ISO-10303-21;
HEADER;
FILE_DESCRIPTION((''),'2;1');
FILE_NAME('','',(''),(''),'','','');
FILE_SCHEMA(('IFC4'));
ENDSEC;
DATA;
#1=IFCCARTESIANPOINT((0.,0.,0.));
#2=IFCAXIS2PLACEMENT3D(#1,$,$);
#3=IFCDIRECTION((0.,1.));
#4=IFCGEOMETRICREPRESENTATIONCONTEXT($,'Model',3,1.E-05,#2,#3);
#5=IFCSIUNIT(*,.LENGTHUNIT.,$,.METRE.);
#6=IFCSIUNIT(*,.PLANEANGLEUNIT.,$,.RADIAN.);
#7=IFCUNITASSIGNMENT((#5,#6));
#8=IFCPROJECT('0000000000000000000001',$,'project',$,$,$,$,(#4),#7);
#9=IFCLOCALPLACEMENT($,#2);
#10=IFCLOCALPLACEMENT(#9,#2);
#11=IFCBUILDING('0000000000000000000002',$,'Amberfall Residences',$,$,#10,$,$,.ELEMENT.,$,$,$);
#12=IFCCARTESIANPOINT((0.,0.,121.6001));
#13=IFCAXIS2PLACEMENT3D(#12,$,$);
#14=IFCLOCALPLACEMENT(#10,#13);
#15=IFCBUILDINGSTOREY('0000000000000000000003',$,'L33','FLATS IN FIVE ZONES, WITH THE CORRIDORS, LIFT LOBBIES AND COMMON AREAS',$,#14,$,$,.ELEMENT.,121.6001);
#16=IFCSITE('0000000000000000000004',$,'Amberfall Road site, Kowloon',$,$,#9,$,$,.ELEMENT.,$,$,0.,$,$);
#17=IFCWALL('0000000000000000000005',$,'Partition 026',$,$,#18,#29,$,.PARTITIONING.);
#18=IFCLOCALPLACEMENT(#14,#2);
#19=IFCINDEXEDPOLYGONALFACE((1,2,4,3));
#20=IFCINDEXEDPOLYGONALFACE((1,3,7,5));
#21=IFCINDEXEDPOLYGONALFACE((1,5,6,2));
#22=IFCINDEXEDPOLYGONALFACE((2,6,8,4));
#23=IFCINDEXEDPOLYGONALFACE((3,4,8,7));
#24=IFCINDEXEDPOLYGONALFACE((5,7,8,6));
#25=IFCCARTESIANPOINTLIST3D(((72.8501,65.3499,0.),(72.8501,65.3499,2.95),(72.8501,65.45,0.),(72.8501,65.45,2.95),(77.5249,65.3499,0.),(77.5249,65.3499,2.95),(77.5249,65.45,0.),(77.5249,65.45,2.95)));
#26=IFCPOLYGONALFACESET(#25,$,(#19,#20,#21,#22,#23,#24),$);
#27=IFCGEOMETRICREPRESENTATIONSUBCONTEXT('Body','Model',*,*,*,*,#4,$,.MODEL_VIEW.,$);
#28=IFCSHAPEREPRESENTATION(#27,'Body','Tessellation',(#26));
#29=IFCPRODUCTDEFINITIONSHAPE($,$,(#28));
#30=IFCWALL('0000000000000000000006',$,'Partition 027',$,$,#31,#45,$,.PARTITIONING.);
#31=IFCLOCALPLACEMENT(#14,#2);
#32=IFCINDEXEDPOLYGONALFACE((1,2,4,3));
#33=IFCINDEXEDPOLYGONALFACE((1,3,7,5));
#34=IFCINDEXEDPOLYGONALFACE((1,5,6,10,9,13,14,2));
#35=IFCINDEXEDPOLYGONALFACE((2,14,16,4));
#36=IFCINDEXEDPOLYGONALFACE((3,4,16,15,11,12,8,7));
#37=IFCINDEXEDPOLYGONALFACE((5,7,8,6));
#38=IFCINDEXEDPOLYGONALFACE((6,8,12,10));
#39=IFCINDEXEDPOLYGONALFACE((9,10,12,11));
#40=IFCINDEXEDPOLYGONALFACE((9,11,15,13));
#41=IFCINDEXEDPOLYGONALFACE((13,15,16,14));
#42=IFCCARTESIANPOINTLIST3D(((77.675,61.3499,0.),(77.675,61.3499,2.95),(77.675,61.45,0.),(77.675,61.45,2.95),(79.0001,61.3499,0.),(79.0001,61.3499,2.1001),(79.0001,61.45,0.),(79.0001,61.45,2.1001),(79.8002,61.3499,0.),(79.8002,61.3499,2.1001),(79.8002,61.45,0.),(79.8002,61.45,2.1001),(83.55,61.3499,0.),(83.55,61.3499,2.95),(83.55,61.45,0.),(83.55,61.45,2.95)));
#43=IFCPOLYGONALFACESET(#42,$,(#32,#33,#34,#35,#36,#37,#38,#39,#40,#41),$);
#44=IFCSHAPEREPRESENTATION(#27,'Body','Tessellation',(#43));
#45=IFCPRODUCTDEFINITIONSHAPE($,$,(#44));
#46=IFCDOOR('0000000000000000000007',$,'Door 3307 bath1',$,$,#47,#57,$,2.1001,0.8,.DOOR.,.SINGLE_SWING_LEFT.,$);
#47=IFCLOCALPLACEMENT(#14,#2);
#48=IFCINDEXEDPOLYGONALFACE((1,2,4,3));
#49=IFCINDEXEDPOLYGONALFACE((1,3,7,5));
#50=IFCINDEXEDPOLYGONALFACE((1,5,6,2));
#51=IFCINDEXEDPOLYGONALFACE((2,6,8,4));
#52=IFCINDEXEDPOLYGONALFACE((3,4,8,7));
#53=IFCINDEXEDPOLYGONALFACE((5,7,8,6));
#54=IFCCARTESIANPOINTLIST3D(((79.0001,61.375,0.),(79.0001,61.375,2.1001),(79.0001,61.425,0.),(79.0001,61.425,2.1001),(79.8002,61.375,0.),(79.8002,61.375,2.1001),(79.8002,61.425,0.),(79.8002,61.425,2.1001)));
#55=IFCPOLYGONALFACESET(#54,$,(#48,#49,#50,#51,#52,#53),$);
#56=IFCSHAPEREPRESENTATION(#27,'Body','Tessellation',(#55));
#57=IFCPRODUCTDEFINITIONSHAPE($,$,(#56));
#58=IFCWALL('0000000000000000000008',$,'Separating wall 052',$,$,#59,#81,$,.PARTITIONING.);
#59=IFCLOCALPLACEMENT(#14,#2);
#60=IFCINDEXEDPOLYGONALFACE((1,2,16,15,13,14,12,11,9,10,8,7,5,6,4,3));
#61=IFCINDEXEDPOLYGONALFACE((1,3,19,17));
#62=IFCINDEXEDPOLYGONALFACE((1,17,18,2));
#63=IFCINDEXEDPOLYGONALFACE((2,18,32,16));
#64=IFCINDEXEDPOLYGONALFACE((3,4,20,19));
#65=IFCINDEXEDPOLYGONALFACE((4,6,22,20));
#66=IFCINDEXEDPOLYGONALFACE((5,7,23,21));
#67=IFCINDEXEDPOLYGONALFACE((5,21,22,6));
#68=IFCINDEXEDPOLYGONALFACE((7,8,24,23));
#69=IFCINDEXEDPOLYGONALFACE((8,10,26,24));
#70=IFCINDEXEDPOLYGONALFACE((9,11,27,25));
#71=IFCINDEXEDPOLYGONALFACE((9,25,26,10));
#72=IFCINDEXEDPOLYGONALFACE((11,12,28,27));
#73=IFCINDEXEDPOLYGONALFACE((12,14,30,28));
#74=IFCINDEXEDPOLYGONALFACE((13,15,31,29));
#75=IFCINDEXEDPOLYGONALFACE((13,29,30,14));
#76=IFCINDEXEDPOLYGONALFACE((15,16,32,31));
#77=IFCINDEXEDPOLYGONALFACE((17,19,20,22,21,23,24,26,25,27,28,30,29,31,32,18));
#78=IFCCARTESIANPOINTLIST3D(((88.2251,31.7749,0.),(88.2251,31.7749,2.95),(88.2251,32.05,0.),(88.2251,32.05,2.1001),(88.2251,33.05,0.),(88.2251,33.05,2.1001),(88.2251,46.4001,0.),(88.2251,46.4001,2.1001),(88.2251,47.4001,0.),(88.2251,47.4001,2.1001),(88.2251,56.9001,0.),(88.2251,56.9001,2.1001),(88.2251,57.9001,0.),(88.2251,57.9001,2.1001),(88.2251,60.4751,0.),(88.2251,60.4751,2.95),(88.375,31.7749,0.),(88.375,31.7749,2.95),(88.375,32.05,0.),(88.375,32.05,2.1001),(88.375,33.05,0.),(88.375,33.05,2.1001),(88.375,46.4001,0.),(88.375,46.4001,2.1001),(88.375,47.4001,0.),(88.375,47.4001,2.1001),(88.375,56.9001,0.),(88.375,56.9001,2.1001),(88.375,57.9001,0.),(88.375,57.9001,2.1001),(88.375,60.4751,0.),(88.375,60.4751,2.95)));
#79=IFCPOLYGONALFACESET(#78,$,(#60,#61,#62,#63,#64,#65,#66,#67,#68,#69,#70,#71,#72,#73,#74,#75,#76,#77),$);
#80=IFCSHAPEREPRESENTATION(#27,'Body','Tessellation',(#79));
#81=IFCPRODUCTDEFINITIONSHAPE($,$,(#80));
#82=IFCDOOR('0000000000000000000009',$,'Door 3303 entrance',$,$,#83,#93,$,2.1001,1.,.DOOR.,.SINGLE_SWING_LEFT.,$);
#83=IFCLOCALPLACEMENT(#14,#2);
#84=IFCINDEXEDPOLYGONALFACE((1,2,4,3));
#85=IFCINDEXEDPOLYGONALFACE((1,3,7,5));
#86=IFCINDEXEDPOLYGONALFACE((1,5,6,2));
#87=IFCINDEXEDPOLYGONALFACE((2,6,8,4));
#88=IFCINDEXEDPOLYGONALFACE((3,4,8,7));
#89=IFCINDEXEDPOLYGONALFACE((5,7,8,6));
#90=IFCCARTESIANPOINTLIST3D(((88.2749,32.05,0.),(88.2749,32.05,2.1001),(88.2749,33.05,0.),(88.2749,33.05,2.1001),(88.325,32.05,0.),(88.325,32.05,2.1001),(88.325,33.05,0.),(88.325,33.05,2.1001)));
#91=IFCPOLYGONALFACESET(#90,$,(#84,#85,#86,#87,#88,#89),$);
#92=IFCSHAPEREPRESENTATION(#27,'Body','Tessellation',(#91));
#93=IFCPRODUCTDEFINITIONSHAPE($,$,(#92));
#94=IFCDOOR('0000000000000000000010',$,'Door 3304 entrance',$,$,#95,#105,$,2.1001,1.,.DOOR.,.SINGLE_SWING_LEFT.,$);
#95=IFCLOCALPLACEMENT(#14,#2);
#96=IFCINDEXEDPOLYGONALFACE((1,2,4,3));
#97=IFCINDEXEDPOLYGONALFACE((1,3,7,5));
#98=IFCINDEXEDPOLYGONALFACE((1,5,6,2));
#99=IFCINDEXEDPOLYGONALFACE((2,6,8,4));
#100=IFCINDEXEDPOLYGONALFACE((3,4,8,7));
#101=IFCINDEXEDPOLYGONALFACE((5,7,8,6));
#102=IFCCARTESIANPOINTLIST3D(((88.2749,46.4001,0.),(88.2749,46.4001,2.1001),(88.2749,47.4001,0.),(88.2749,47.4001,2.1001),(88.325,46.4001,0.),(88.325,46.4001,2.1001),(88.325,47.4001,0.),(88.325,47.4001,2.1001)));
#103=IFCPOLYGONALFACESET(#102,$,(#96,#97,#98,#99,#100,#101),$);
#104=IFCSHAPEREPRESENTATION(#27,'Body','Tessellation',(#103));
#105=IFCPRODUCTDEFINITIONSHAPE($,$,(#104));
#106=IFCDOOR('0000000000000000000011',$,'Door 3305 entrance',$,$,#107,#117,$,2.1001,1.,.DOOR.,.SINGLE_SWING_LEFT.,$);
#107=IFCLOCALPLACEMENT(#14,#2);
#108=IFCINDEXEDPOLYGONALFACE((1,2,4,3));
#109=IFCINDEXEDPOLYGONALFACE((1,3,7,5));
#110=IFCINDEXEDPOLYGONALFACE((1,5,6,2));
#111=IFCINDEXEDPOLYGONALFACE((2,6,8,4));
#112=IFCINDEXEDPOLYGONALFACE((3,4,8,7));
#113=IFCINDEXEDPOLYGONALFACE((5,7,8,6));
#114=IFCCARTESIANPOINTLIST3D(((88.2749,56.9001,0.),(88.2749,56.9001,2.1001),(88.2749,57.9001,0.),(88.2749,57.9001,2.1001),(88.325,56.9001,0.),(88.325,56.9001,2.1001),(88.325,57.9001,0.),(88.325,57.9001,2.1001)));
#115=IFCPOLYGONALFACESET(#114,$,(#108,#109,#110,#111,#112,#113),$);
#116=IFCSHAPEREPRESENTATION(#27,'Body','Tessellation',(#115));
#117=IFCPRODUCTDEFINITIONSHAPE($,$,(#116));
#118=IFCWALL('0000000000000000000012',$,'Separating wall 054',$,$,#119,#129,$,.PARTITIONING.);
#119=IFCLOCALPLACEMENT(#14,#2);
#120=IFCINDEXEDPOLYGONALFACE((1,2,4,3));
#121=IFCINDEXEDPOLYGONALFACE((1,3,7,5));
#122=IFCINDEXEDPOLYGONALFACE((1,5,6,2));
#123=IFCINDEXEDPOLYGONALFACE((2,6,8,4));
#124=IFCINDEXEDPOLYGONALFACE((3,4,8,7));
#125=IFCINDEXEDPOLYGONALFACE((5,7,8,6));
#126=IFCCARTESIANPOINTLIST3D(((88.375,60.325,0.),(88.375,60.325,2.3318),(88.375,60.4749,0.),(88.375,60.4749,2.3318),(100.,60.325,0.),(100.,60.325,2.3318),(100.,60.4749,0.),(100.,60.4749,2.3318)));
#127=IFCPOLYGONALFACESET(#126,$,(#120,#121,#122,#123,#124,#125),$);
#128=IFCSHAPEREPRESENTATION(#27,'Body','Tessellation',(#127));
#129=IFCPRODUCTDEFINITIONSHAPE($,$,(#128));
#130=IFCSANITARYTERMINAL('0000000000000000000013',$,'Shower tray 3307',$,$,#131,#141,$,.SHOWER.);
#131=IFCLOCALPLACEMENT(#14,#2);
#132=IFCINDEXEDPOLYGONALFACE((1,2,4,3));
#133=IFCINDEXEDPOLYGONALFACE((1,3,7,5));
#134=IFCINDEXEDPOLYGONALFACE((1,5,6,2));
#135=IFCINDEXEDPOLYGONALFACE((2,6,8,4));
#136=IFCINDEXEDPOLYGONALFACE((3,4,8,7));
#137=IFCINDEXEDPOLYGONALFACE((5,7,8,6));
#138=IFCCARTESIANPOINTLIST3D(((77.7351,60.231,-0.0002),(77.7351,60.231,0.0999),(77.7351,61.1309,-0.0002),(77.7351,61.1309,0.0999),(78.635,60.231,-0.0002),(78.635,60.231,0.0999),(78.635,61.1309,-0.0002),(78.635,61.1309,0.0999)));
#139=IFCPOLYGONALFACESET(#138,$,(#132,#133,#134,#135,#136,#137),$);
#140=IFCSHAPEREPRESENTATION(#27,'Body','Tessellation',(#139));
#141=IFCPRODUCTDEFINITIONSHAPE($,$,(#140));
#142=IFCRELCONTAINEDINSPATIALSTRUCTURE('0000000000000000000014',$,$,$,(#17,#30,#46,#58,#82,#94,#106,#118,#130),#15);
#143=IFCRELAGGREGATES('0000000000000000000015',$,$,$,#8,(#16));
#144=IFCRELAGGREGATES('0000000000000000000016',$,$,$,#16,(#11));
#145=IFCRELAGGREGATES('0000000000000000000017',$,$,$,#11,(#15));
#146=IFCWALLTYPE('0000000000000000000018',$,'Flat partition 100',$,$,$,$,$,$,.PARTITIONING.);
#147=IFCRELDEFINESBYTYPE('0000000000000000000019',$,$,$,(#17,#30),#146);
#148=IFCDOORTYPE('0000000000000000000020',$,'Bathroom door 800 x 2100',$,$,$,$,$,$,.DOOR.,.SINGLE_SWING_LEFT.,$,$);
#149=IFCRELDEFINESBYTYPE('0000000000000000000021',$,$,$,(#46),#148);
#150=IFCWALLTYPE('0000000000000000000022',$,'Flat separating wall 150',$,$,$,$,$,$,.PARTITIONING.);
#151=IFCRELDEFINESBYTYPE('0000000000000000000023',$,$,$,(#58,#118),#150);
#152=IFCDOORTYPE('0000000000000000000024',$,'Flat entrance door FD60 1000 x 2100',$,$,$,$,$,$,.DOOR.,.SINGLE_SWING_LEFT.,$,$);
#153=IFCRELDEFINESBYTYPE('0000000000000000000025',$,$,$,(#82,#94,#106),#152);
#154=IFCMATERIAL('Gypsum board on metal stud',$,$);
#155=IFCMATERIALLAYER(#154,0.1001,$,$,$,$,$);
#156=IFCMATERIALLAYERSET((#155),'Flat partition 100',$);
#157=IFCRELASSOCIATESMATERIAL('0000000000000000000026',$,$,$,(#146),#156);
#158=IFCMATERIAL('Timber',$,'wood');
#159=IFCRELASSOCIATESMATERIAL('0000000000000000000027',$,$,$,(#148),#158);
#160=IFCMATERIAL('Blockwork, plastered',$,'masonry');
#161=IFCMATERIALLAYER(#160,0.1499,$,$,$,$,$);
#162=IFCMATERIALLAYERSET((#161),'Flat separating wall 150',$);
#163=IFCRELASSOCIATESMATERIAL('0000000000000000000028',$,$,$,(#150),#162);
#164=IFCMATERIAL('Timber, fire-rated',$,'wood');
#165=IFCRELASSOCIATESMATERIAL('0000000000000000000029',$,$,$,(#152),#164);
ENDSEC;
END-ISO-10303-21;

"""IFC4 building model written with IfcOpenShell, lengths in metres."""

from ifc_helpers import new_model, si_unit, direction, frame, frame_2d, origin, origin_2d, place, context, subcontext, project, spatial, rectangle, extrude, material, layer, layer_set, type_object, element, fill, save


model = new_model("IFC4")

# Units and contexts
model_context = context("Model", 3, precision=1e-05, world=origin(), true_north=direction((0.0, 1.0)))
body_context = subcontext(model_context, "Body", "Model", "MODEL_VIEW")
ifc_project = project(units=[si_unit("LENGTHUNIT", "METRE"), si_unit("PLANEANGLEUNIT", "RADIAN")], contexts=[model_context])

# Site, building, storey
site_placement = place(None, origin())
site = spatial("IfcSite", under=ifc_project, at=site_placement, Name="Amberfall Road site, Kowloon", CompositionType="ELEMENT", RefElevation=0.0)
building_placement = place(site_placement, origin())
building = spatial("IfcBuilding", under=site, at=building_placement, Name="Amberfall Residences", CompositionType="ELEMENT")
storey_placement = place(building_placement, frame((0.0, 0.0, 121.6001)))
storey = spatial("IfcBuildingStorey", under=building, at=storey_placement, Name="L33", Description="FLATS IN FIVE ZONES, WITH THE CORRIDORS, LIFT LOBBIES AND COMMON AREAS", CompositionType="ELEMENT", Elevation=121.6001)

# Wall
ifc_material_1 = material(Name="Gypsum board on metal stud")
ifc_layer_1 = layer(ifc_material_1, 0.1001)
ifc_layer_set_1 = layer_set([ifc_layer_1], Name="Flat partition 100")
wall_type_1 = type_object("IfcWallType", Name="Flat partition 100", PredefinedType="PARTITIONING", material=ifc_layer_set_1)
wall_1_placement = place(storey_placement, frame((72.8501, 65.3999, 0.0), z_axis=(0.0, 0.0, 1.0), x_axis=(1.0, 0.0, 0.0)))
element("IfcWall", 1, at=wall_1_placement, inside=storey, type_object=wall_type_1, Name="Partition 026", PredefinedType="PARTITIONING", context=body_context, shape_type="SweptSolid", body=[
    extrude(rectangle(XDim=4.6748, YDim=0.1001, at=frame_2d((2.3374, 0.0))), origin(), (0.0, 0.0, 1.0), 2.95),
])

# Wall, opening, door
wall_2_placement = place(storey_placement, frame((83.55, 61.3999, 0.0), z_axis=(0.0, 0.0, 1.0), x_axis=(-1.0, 0.0, 0.0)))
wall_2 = element("IfcWall", 2, at=wall_2_placement, inside=storey, type_object=wall_type_1, Name="Partition 027", PredefinedType="PARTITIONING", context=body_context, shape_type="SweptSolid", body=[
    extrude(rectangle(XDim=5.875, YDim=0.1001, at=frame_2d((2.9375, 0.0))), origin(), (0.0, 0.0, 1.0), 2.95),
])
opening_1_placement = place(wall_2_placement, frame((3.75, 0.0, 0.0)))
opening_1 = element("IfcOpeningElement", 3, at=opening_1_placement, cuts=wall_2, PredefinedType="OPENING", context=body_context, shape_type="SweptSolid", body=[
    extrude(rectangle(XDim=0.8, YDim=2.1001, at=frame_2d((0.3999, 1.05))), frame((0.0, 0.0601, 0.0), z_axis=(0.0, -1.0, 0.0), x_axis=(1.0, 0.0, 0.0)), (0.0, 0.0, 1.0), 0.1201),
])
ifc_material_2 = material(Name="Timber", Category="wood")
door_type_1 = type_object("IfcDoorType", Name="Bathroom door 800 x 2100", OperationType="SINGLE_SWING_LEFT", PredefinedType="DOOR", material=ifc_material_2)
door_1_placement = place(opening_1_placement, origin())
door_1 = element("IfcDoor", 4, at=door_1_placement, inside=storey, type_object=door_type_1, Name="Door 3307 bath1", OperationType="SINGLE_SWING_LEFT", OverallHeight=2.1001, OverallWidth=0.8, PredefinedType="DOOR", context=body_context, shape_type="SweptSolid", body=[
    extrude(rectangle(XDim=0.8, YDim=2.1001, at=frame_2d((0.3999, 1.05))), frame((0.0, 0.0249, 0.0), z_axis=(0.0, -1.0, 0.0), x_axis=(1.0, 0.0, 0.0)), (0.0, 0.0, 1.0), 0.05),
])
fill(opening_1, door_1)

# Wall, openings, doors
ifc_material_3 = material(Name="Blockwork, plastered", Category="masonry")
ifc_layer_2 = layer(ifc_material_3, 0.1499)
ifc_layer_set_2 = layer_set([ifc_layer_2], Name="Flat separating wall 150")
wall_type_2 = type_object("IfcWallType", Name="Flat separating wall 150", PredefinedType="PARTITIONING", material=ifc_layer_set_2)
wall_3_placement = place(storey_placement, frame((88.3, 60.4751, 0.0), z_axis=(0.0, 0.0, 1.0), x_axis=(0.0, -1.0, 0.0)))
wall_3 = element("IfcWall", 5, at=wall_3_placement, inside=storey, type_object=wall_type_2, Name="Separating wall 052", PredefinedType="PARTITIONING", context=body_context, shape_type="SweptSolid", body=[
    extrude(rectangle(XDim=28.7002, YDim=0.1499, at=frame_2d((14.3501, 0.0))), origin(), (0.0, 0.0, 1.0), 2.95),
])
opening_2_placement = place(wall_3_placement, frame((27.425, 0.0, 0.0)))
opening_2 = element("IfcOpeningElement", 6, at=opening_2_placement, cuts=wall_3, PredefinedType="OPENING", context=body_context, shape_type="SweptSolid", body=[
    extrude(rectangle(XDim=1.0, YDim=2.1001, at=frame_2d((0.5, 1.05))), frame((0.0, 0.085, 0.0), z_axis=(0.0, -1.0, 0.0), x_axis=(1.0, 0.0, 0.0)), (0.0, 0.0, 1.0), 0.1699),
])
opening_3_placement = place(wall_3_placement, frame((13.075, 0.0, 0.0)))
opening_3 = element("IfcOpeningElement", 7, at=opening_3_placement, cuts=wall_3, PredefinedType="OPENING", context=body_context, shape_type="SweptSolid", body=[
    extrude(rectangle(XDim=1.0, YDim=2.1001, at=frame_2d((0.5, 1.05))), frame((0.0, 0.085, 0.0), z_axis=(0.0, -1.0, 0.0), x_axis=(1.0, 0.0, 0.0)), (0.0, 0.0, 1.0), 0.1699),
])
opening_4_placement = place(wall_3_placement, frame((2.575, 0.0, 0.0)))
opening_4 = element("IfcOpeningElement", 8, at=opening_4_placement, cuts=wall_3, PredefinedType="OPENING", context=body_context, shape_type="SweptSolid", body=[
    extrude(rectangle(XDim=1.0, YDim=2.1001, at=frame_2d((0.5, 1.05))), frame((0.0, 0.085, 0.0), z_axis=(0.0, -1.0, 0.0), x_axis=(1.0, 0.0, 0.0)), (0.0, 0.0, 1.0), 0.1699),
])
ifc_material_4 = material(Name="Timber, fire-rated", Category="wood")
door_type_2 = type_object("IfcDoorType", Name="Flat entrance door FD60 1000 x 2100", OperationType="SINGLE_SWING_LEFT", PredefinedType="DOOR", material=ifc_material_4)
door_2_placement = place(opening_2_placement, origin())
door_2 = element("IfcDoor", 9, at=door_2_placement, inside=storey, type_object=door_type_2, Name="Door 3303 entrance", OperationType="SINGLE_SWING_LEFT", OverallHeight=2.1001, OverallWidth=1.0, PredefinedType="DOOR", context=body_context, shape_type="SweptSolid", body=[
    extrude(rectangle(XDim=1.0, YDim=2.1001, at=frame_2d((0.5, 1.05))), frame((0.0, 0.0249, 0.0), z_axis=(0.0, -1.0, 0.0), x_axis=(1.0, 0.0, 0.0)), (0.0, 0.0, 1.0), 0.05),
])
fill(opening_2, door_2)
door_3_placement = place(opening_3_placement, origin())
door_3 = element("IfcDoor", 10, at=door_3_placement, inside=storey, type_object=door_type_2, Name="Door 3304 entrance", OperationType="SINGLE_SWING_LEFT", OverallHeight=2.1001, OverallWidth=1.0, PredefinedType="DOOR", context=body_context, shape_type="SweptSolid", body=[
    extrude(rectangle(XDim=1.0, YDim=2.1001, at=frame_2d((0.5, 1.05))), frame((0.0, 0.0249, 0.0), z_axis=(0.0, -1.0, 0.0), x_axis=(1.0, 0.0, 0.0)), (0.0, 0.0, 1.0), 0.05),
])
fill(opening_3, door_3)
door_4_placement = place(opening_4_placement, origin())
door_4 = element("IfcDoor", 11, at=door_4_placement, inside=storey, type_object=door_type_2, Name="Door 3305 entrance", OperationType="SINGLE_SWING_LEFT", OverallHeight=2.1001, OverallWidth=1.0, PredefinedType="DOOR", context=body_context, shape_type="SweptSolid", body=[
    extrude(rectangle(XDim=1.0, YDim=2.1001, at=frame_2d((0.5, 1.05))), frame((0.0, 0.0249, 0.0), z_axis=(0.0, -1.0, 0.0), x_axis=(1.0, 0.0, 0.0)), (0.0, 0.0, 1.0), 0.05),
])
fill(opening_4, door_4)

# Wall
wall_4_placement = place(storey_placement, frame((88.375, 60.3999, 0.0), z_axis=(0.0, 0.0, 1.0), x_axis=(1.0, 0.0, 0.0)))
element("IfcWall", 12, at=wall_4_placement, inside=storey, type_object=wall_type_2, Name="Separating wall 054", PredefinedType="PARTITIONING", context=body_context, shape_type="SweptSolid", body=[
    extrude(rectangle(XDim=11.625, YDim=0.1499, at=frame_2d((5.8125, 0.0))), origin(), (0.0, 0.0, 1.0), 2.3318),
])

# Sanitary terminal
sanitary_terminal_placement = place(storey_placement, frame((78.1851, 60.6809, -0.0002), z_axis=(0.0, 0.0, 1.0), x_axis=(1.0, 0.0, 0.0)))
element("IfcSanitaryTerminal", 13, at=sanitary_terminal_placement, inside=storey, Name="Shower tray 3307", PredefinedType="SHOWER", context=body_context, shape_type="SweptSolid", body=[
    extrude(rectangle(XDim=0.8999, YDim=0.8999, at=origin_2d()), origin(), (0.0, 0.0, 1.0), 0.1001),
])

save(model, "model.ifc")
